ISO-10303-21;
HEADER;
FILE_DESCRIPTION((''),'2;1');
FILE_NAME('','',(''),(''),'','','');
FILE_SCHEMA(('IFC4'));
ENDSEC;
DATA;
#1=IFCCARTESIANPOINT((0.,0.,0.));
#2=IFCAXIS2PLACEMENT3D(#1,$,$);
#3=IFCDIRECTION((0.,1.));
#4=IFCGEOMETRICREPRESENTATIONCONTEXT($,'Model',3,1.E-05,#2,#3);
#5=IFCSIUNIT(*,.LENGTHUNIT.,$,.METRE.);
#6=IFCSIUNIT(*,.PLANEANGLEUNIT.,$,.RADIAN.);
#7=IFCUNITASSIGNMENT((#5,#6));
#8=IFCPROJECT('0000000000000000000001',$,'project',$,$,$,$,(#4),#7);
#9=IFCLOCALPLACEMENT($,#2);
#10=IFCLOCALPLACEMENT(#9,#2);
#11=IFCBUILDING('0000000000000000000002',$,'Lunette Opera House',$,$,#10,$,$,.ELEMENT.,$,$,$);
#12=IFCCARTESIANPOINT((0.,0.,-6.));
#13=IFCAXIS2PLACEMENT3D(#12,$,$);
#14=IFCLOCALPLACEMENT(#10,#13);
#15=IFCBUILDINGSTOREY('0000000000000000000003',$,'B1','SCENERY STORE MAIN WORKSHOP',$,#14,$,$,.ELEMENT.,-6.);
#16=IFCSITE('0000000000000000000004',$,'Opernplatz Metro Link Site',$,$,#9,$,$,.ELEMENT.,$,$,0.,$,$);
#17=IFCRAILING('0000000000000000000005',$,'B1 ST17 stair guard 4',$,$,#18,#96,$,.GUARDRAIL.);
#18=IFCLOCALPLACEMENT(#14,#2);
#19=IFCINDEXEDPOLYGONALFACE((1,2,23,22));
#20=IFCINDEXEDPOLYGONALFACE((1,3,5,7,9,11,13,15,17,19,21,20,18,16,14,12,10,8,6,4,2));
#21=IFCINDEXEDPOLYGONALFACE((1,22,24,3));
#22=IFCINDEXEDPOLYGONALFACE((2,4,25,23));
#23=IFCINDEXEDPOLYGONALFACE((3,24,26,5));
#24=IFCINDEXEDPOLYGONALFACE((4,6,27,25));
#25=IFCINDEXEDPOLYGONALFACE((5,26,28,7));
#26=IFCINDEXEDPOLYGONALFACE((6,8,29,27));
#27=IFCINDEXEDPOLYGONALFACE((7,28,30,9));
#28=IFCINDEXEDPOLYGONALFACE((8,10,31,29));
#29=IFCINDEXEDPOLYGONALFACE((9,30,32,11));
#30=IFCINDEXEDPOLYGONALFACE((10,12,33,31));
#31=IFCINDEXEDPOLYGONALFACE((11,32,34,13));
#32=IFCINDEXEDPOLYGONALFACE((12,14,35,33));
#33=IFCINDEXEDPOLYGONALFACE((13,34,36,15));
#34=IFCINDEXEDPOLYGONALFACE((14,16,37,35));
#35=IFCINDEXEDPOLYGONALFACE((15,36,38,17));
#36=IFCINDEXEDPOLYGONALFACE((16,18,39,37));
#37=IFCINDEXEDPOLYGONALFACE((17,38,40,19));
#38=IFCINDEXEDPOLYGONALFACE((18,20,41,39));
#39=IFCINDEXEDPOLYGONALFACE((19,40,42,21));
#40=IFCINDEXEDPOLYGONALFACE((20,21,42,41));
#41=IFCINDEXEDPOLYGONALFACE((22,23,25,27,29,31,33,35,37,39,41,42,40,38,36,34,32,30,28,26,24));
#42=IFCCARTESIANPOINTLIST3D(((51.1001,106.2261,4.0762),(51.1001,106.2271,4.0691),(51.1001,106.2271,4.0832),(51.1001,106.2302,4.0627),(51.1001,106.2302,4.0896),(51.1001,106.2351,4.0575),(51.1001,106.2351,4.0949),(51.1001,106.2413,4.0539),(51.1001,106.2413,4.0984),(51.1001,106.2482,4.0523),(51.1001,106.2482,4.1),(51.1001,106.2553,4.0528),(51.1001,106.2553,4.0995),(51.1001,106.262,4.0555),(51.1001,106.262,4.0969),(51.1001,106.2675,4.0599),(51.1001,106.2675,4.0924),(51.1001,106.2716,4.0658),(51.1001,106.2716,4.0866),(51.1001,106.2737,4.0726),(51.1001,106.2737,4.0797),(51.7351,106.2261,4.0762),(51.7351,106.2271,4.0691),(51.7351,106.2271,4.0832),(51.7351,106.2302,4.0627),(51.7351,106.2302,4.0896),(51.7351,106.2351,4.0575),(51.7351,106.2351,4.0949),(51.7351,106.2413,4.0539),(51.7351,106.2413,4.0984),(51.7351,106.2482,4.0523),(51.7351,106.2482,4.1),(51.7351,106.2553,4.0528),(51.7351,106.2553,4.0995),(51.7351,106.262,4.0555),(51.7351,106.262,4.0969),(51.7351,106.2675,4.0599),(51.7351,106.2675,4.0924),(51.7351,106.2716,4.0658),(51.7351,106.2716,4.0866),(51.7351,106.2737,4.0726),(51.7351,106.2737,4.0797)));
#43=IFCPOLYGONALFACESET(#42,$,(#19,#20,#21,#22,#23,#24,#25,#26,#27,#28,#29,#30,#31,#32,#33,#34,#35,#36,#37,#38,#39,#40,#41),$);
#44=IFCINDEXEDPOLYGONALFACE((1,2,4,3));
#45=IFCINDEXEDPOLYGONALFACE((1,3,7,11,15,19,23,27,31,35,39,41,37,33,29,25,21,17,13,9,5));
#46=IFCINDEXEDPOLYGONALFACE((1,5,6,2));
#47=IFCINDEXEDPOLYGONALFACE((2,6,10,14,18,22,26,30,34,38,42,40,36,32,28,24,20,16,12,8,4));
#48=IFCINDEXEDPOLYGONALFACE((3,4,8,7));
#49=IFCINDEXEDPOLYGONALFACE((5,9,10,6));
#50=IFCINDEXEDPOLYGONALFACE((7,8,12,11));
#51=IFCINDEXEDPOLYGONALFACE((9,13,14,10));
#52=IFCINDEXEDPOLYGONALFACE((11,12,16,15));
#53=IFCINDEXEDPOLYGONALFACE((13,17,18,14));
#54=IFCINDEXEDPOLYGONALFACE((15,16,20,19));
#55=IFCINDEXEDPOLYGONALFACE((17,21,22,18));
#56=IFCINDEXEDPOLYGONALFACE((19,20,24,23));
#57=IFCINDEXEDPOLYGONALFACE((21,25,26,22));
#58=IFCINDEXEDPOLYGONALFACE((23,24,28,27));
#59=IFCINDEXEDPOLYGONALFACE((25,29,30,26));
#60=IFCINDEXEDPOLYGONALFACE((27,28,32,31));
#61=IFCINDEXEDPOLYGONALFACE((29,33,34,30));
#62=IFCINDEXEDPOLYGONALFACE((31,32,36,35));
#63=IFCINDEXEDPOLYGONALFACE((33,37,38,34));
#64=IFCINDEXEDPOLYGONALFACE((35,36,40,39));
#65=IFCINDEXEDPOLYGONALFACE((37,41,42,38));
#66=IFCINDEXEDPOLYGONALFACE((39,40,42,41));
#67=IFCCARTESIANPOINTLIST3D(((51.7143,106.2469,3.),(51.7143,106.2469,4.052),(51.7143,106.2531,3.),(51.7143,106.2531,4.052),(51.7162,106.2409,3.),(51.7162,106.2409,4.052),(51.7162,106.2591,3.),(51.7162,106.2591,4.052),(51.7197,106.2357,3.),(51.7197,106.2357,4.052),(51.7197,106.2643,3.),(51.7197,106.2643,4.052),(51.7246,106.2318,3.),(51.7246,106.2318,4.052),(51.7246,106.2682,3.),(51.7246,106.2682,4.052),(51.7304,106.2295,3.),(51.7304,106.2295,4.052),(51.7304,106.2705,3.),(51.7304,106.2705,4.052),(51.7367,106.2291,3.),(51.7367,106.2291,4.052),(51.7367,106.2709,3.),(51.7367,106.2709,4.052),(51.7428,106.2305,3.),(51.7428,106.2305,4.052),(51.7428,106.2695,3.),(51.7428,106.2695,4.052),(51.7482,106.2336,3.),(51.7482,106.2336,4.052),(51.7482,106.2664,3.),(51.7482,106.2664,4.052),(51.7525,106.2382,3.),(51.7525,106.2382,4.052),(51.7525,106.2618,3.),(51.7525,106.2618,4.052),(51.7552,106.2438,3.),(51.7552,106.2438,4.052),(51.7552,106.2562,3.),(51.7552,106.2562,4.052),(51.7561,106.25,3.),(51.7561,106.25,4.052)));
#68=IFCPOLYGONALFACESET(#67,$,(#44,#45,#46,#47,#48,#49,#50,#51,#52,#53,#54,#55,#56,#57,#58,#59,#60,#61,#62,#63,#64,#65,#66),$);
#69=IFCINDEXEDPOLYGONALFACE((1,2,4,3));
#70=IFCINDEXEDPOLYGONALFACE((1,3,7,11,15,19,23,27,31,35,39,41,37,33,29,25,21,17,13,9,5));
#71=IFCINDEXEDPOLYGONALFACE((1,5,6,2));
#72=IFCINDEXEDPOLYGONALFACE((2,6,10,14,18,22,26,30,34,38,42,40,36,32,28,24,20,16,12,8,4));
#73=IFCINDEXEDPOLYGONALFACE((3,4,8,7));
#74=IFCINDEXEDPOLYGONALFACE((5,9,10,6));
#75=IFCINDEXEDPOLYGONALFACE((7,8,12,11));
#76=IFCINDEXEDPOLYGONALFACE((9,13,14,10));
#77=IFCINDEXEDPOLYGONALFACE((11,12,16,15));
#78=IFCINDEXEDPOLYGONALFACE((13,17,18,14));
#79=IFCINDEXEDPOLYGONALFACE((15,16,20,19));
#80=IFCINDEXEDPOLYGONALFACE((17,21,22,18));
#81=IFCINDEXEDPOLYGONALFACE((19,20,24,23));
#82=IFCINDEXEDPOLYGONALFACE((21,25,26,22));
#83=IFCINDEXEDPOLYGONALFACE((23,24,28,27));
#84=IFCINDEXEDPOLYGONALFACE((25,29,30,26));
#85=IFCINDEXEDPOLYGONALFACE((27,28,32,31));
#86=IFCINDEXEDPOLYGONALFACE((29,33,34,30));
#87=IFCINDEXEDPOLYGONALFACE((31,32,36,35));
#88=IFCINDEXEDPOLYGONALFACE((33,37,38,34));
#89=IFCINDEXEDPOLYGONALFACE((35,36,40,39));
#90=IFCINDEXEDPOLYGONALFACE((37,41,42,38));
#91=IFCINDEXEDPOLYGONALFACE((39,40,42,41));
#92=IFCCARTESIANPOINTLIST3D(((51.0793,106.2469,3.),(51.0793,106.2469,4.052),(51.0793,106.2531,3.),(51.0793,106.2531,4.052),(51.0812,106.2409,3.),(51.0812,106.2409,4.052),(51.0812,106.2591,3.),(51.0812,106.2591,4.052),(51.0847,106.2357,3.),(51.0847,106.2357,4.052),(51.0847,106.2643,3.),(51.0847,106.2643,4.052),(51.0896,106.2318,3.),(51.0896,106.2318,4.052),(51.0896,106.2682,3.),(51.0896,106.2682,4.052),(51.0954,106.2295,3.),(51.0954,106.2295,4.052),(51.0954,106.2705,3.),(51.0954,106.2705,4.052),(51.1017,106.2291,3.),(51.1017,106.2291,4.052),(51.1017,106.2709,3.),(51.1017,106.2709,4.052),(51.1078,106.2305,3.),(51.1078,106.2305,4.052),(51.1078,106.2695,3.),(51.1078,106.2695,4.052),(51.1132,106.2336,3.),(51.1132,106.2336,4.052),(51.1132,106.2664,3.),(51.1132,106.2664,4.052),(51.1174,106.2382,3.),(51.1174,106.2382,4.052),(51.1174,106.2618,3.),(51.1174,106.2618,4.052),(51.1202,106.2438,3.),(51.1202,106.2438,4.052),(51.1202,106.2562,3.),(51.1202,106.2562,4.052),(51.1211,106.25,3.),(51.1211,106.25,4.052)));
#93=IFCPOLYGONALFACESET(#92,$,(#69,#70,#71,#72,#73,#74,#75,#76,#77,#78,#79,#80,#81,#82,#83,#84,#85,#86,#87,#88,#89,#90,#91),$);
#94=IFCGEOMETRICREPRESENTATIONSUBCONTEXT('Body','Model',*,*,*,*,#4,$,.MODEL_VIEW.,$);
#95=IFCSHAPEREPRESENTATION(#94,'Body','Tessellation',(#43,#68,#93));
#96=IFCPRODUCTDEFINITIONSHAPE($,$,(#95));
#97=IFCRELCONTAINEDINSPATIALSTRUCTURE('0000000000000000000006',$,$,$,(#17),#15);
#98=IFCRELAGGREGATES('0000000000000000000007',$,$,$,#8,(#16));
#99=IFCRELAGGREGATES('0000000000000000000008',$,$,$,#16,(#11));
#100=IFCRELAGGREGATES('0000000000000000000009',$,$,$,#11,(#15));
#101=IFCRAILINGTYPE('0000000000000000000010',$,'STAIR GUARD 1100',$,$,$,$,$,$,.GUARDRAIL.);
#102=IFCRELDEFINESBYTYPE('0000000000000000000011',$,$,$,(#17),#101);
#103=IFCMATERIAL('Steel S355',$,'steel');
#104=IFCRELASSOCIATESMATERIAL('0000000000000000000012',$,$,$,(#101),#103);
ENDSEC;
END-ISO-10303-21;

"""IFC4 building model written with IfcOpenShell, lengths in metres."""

from ifc_helpers import new_model, si_unit, direction, frame, origin, origin_2d, place, context, subcontext, project, spatial, circle, extrude, material, type_object, element, save


model = new_model("IFC4")

# Units and contexts
model_context = context("Model", 3, precision=1e-05, world=origin(), true_north=direction((0.0, 1.0)))
body_context = subcontext(model_context, "Body", "Model", "MODEL_VIEW")
ifc_project = project(units=[si_unit("LENGTHUNIT", "METRE"), si_unit("PLANEANGLEUNIT", "RADIAN")], contexts=[model_context])

# Site, building, storey
site_placement = place(None, origin())
site = spatial("IfcSite", under=ifc_project, at=site_placement, Name="Opernplatz Metro Link Site", CompositionType="ELEMENT", RefElevation=0.0)
building_placement = place(site_placement, origin())
building = spatial("IfcBuilding", under=site, at=building_placement, Name="Lunette Opera House", CompositionType="ELEMENT")
storey_placement = place(building_placement, frame((0.0, 0.0, -6.0)))
storey = spatial("IfcBuildingStorey", under=building, at=storey_placement, Name="B1", Description="SCENERY STORE MAIN WORKSHOP", CompositionType="ELEMENT", Elevation=-6.0)

# Railing
ifc_material_1 = material(Name="Steel S355", Category="steel")
railing_type_1 = type_object("IfcRailingType", Name="STAIR GUARD 1100", PredefinedType="GUARDRAIL", material=ifc_material_1)
railing_1_placement = place(storey_placement, frame((51.7351, 106.25, 3.0)))
element("IfcRailing", 1, at=railing_1_placement, inside=storey, type_object=railing_type_1, Name="B1 ST17 stair guard 4", PredefinedType="GUARDRAIL", context=body_context, shape_type="SweptSolid", body=[
    extrude(circle(Radius=0.0239, at=origin_2d()), frame((0.0, 0.0, 1.0762), z_axis=(-1.0, 0.0, 0.0), x_axis=(0.0, -1.0, 0.0)), (0.0, 0.0, 1.0), 0.635),
    extrude(circle(Radius=0.021, at=origin_2d()), origin(), (0.0, 0.0, 1.0), 1.052),
    extrude(circle(Radius=0.021, at=origin_2d()), frame((-0.635, 0.0, 0.0)), (0.0, 0.0, 1.0), 1.052),
])

save(model, "model.ifc")
